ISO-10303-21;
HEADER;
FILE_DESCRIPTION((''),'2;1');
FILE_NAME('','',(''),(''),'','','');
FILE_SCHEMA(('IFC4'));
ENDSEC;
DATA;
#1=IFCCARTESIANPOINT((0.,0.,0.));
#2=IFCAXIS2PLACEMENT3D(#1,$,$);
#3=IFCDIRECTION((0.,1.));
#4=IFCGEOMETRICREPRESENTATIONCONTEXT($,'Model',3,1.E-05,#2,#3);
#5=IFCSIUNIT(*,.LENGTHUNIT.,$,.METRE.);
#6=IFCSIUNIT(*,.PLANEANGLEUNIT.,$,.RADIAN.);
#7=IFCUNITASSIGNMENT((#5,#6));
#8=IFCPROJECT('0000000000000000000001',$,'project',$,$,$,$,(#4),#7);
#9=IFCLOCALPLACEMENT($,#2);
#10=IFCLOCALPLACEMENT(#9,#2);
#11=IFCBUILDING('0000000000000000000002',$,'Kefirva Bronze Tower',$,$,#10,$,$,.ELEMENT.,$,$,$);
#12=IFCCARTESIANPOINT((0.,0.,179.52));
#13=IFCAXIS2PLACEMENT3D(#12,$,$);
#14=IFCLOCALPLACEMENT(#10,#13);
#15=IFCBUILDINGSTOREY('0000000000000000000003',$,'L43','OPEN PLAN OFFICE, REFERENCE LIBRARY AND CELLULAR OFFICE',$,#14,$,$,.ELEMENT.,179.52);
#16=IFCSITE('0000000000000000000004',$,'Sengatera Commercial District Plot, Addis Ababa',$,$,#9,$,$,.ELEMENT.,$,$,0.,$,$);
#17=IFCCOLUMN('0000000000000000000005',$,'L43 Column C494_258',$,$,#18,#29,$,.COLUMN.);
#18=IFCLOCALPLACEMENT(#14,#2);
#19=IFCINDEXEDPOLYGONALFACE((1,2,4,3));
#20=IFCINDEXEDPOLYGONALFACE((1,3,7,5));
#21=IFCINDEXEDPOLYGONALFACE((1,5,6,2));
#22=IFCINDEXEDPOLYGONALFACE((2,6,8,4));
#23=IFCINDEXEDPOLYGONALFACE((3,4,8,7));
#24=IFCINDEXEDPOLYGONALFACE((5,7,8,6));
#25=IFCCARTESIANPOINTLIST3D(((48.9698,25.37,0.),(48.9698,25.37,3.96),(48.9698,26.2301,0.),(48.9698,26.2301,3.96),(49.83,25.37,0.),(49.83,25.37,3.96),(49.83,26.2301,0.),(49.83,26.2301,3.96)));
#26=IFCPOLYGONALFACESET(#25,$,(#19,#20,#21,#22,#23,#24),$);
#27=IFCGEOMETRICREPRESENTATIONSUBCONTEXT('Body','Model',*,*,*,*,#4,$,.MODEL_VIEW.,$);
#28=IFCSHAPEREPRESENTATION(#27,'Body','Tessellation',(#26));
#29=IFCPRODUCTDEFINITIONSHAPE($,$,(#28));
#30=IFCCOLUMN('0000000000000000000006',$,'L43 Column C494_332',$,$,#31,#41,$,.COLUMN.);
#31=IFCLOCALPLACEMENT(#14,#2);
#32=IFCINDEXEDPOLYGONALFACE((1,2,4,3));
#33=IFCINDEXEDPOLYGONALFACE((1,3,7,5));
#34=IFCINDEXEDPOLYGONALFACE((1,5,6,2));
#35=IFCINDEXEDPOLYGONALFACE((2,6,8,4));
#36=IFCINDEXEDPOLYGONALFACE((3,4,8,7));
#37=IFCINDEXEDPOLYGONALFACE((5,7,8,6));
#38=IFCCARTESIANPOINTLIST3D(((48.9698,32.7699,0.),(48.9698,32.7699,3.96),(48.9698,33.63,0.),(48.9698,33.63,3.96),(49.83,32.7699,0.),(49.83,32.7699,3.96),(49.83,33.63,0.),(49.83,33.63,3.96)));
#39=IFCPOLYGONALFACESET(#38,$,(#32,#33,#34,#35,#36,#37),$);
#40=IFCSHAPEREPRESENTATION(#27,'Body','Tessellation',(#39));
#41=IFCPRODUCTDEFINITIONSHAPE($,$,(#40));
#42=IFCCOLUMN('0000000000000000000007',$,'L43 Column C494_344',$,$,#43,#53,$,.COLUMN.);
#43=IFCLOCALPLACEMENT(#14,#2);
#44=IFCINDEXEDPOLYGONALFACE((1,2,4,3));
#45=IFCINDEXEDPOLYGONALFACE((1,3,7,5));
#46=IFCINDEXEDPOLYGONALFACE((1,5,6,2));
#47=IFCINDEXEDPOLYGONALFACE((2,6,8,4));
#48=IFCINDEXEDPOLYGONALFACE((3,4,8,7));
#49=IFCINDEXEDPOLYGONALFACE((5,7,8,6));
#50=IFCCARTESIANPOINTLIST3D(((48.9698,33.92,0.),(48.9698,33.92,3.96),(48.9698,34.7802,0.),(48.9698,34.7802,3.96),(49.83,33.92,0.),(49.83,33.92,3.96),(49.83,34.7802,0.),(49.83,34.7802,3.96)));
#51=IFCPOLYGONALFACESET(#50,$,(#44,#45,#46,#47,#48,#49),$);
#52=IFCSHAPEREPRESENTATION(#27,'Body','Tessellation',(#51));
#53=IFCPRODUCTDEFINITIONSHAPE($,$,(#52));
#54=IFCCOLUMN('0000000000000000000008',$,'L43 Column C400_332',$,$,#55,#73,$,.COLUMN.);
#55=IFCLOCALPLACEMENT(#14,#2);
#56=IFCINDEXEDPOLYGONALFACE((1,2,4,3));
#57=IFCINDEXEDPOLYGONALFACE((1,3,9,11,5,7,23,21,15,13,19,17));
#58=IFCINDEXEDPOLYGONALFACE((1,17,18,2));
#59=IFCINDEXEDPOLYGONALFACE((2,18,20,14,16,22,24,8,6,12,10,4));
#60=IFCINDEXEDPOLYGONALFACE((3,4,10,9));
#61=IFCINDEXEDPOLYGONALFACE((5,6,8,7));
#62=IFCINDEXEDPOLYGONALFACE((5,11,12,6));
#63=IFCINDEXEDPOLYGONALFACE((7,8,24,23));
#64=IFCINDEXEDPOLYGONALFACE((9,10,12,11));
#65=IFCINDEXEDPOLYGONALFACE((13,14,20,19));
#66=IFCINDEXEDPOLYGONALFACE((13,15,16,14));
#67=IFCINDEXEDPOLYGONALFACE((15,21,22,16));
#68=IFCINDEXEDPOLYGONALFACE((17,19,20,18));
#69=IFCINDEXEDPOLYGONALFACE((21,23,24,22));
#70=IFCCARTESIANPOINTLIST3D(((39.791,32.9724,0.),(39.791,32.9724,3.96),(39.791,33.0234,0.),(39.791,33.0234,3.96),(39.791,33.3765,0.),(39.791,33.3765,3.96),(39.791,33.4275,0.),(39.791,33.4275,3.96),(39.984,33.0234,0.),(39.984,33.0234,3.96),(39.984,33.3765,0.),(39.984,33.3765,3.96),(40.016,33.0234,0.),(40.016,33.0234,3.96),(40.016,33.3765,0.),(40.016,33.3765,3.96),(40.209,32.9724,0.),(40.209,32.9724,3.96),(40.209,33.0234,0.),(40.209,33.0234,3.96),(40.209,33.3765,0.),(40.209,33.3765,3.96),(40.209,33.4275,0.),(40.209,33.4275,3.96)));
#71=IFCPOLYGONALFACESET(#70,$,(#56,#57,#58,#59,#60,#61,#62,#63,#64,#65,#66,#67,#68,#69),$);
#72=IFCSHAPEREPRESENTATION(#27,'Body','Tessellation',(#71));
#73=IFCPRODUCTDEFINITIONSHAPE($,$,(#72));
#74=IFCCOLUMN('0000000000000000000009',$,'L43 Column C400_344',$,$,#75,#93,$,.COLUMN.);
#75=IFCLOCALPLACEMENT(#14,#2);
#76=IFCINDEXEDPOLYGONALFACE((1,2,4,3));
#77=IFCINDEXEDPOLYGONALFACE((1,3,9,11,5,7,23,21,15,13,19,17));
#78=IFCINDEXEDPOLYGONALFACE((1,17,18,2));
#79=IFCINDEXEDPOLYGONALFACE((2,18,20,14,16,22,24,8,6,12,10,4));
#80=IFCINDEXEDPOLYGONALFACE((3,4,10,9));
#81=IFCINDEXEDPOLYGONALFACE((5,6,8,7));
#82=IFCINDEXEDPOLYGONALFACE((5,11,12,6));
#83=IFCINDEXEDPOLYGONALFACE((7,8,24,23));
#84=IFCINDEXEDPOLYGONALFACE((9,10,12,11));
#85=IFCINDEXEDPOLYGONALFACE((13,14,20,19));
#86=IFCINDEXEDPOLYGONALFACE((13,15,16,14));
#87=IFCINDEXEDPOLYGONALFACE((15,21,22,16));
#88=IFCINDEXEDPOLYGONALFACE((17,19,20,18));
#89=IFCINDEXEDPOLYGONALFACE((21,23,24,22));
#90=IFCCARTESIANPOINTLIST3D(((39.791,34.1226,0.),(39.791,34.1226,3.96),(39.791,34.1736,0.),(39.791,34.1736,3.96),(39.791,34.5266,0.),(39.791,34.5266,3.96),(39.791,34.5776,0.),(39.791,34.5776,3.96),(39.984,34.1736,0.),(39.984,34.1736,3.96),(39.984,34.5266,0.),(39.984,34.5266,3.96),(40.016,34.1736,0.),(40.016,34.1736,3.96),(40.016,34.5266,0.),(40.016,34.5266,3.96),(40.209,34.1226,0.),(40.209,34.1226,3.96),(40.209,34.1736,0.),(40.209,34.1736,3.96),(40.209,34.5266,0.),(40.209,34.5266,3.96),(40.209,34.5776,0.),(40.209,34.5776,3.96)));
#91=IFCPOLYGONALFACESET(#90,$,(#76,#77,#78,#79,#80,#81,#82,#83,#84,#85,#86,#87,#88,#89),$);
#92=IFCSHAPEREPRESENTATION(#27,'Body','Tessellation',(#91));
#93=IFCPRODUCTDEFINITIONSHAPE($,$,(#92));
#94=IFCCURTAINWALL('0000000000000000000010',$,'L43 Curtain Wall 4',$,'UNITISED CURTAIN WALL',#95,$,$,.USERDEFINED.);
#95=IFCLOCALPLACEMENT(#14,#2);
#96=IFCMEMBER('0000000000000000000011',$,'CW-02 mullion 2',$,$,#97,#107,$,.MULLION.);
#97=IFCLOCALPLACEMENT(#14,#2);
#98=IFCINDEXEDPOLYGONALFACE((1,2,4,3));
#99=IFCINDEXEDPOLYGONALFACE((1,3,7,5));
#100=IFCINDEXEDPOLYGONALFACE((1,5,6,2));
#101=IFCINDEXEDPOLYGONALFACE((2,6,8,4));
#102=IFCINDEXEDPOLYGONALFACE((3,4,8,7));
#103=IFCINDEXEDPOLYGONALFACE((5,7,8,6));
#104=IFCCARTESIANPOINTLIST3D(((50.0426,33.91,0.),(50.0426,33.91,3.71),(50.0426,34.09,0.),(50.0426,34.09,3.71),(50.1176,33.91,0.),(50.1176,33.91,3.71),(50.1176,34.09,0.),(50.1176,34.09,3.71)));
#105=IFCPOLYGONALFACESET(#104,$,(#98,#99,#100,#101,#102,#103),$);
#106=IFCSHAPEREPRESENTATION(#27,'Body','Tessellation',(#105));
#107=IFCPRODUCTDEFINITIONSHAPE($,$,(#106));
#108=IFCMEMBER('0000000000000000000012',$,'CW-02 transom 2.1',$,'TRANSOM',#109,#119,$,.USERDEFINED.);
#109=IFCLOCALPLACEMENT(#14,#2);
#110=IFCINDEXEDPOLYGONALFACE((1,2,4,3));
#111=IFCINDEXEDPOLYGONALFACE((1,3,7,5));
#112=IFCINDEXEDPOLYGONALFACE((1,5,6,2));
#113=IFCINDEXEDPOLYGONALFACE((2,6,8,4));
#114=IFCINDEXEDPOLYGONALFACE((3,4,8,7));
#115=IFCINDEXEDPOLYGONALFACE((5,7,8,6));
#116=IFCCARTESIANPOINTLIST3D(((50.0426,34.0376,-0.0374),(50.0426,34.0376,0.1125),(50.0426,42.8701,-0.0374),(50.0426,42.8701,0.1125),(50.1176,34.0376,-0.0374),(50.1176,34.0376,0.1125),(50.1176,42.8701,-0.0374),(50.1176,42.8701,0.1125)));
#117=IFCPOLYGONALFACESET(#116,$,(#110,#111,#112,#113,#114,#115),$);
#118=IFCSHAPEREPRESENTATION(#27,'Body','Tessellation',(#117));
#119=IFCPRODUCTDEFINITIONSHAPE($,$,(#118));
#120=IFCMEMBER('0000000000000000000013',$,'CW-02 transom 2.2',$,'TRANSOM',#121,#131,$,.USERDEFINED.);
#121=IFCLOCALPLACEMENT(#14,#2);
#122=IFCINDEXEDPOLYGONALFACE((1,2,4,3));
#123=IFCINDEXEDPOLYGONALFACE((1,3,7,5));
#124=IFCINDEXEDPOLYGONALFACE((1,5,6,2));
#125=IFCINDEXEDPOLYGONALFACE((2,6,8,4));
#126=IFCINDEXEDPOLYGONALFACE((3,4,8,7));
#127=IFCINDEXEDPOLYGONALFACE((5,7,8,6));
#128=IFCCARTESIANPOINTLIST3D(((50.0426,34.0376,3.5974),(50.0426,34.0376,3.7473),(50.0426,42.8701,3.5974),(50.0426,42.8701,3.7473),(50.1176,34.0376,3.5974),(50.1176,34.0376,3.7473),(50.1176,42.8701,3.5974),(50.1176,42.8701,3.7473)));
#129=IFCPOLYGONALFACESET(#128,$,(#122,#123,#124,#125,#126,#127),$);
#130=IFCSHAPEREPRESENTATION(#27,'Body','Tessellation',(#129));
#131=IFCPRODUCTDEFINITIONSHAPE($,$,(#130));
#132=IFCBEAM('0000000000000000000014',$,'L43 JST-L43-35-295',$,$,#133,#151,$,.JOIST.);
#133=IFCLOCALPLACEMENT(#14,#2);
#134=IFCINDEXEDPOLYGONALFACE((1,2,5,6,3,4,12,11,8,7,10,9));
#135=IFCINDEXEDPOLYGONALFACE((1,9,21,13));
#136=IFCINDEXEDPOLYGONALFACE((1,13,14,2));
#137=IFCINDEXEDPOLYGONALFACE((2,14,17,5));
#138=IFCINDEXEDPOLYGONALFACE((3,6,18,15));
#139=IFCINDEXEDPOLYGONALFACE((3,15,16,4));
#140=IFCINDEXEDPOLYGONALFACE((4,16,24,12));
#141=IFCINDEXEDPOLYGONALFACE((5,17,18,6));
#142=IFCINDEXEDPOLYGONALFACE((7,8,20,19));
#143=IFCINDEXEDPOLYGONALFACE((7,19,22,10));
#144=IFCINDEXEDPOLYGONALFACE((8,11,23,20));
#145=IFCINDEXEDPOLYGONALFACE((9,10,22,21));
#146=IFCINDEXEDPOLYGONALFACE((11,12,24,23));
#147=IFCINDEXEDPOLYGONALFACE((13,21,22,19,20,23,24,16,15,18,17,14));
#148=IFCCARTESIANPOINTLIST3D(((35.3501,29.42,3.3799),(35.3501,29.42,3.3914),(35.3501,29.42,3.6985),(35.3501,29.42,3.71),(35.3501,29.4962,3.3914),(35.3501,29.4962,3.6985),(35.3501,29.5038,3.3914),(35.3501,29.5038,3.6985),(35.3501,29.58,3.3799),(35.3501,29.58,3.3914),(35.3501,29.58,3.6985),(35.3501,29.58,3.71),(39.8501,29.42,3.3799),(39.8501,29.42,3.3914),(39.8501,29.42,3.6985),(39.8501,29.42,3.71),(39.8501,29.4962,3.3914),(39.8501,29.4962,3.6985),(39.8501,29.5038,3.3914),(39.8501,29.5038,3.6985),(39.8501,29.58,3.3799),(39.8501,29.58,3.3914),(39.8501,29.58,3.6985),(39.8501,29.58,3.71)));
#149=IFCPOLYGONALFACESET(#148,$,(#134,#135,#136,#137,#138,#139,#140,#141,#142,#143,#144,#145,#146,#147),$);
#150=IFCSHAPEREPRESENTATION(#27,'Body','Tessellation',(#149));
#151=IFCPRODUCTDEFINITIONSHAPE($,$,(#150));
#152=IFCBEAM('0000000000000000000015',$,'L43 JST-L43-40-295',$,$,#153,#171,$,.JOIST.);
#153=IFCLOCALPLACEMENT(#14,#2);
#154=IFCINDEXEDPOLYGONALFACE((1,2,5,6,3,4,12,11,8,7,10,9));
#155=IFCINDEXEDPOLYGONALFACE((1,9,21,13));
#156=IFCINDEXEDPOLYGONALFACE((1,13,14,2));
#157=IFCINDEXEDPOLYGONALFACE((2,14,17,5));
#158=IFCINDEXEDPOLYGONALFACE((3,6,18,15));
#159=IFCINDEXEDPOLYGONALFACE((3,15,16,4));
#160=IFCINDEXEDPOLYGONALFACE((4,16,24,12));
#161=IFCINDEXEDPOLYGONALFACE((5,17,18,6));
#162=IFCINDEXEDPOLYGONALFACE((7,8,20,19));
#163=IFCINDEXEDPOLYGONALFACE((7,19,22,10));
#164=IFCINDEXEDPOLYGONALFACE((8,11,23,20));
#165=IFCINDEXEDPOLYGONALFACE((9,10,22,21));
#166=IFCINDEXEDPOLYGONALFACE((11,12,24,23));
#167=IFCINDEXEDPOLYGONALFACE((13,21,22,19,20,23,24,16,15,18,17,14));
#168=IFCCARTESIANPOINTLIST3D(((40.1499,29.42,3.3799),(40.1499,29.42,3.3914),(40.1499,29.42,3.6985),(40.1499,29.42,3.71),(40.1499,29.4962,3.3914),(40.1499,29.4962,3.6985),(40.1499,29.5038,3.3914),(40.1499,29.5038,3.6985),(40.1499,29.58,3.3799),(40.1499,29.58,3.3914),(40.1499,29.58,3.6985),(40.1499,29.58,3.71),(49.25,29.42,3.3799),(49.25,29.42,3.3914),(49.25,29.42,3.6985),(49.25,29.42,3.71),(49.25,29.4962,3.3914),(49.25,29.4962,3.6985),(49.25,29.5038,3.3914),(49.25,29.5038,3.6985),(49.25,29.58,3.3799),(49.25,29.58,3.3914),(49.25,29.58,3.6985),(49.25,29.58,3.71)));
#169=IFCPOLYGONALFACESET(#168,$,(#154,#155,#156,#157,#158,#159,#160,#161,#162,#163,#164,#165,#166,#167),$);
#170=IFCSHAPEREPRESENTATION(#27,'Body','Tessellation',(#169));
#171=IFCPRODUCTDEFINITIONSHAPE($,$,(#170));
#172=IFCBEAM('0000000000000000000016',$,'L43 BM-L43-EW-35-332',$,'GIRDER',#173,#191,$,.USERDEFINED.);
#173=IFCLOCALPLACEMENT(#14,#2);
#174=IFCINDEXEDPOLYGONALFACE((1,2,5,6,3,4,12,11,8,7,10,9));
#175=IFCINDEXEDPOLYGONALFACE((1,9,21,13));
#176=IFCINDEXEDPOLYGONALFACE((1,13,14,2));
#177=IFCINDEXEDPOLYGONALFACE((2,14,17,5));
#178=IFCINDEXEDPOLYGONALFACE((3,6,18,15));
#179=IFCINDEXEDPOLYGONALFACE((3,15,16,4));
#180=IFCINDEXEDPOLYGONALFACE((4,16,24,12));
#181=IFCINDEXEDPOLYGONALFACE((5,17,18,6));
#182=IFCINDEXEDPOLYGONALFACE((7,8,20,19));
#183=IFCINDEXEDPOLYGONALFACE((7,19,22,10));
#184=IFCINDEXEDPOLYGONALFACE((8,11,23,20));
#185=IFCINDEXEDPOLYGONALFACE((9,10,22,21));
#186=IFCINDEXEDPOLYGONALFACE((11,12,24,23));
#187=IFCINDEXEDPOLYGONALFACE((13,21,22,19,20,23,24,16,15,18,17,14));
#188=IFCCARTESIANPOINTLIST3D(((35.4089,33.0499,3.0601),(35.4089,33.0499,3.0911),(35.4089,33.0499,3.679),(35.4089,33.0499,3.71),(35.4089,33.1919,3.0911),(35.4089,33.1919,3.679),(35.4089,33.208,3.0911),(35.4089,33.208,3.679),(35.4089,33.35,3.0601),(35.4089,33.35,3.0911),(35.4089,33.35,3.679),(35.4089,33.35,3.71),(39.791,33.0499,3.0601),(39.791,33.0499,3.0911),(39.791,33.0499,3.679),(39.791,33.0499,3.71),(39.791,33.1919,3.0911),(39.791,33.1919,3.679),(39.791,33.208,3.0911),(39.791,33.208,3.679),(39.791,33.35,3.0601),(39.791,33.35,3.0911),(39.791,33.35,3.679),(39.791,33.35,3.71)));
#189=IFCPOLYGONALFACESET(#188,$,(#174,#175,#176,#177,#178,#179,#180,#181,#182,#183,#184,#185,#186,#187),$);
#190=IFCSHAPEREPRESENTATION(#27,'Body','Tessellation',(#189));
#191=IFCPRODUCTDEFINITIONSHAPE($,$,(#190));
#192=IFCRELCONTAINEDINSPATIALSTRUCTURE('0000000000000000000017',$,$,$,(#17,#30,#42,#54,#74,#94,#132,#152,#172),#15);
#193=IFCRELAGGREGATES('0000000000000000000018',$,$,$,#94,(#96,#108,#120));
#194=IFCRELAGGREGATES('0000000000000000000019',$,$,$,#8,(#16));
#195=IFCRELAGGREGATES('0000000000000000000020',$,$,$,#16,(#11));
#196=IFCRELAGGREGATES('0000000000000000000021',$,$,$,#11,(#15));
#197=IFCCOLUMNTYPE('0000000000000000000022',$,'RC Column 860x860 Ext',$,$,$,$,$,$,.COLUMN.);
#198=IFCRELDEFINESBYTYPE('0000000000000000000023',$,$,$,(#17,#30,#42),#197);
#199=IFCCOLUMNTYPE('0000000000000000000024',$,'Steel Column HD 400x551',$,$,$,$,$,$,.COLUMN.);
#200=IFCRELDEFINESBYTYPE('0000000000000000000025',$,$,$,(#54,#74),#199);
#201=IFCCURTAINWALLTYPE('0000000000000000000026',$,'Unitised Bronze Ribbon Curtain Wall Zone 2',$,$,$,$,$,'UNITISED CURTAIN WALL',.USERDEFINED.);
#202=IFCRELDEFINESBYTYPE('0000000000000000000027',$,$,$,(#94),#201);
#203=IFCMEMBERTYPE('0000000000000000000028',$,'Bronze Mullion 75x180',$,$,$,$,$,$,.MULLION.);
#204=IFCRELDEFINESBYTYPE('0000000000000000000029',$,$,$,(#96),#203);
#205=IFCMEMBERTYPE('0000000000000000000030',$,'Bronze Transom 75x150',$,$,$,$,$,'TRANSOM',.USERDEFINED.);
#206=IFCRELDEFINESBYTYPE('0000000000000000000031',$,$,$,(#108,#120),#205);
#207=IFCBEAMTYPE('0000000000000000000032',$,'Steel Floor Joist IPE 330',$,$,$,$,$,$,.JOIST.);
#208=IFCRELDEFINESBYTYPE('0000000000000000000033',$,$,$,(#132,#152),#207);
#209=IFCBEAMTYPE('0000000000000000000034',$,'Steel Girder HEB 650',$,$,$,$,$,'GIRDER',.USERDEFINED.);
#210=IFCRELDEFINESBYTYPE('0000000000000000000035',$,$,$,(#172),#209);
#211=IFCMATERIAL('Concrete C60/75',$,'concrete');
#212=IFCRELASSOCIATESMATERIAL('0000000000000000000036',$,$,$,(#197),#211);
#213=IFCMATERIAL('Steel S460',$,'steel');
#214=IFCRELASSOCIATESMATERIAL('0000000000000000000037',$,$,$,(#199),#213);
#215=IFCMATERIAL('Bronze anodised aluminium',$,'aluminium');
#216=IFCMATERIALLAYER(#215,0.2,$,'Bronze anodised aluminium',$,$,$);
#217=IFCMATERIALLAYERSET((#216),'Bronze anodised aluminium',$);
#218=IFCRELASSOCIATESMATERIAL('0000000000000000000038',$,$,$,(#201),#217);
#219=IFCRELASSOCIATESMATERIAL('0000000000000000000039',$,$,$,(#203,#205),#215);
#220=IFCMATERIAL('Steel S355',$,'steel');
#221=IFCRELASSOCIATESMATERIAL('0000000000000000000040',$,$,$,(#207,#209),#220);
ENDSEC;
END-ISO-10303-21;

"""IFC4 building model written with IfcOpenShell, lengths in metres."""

from ifc_helpers import new_model, si_unit, direction, frame, origin, origin_2d, place, context, subcontext, project, spatial, rectangle, i_section, extrude, material, layer, layer_set, material_profile, profile_set, type_object, element, aggregate, save


model = new_model("IFC4")

# Units and contexts
model_context = context("Model", 3, precision=1e-05, world=origin(), true_north=direction((0.0, 1.0)))
body_context = subcontext(model_context, "Body", "Model", "MODEL_VIEW")
ifc_project = project(units=[si_unit("LENGTHUNIT", "METRE"), si_unit("PLANEANGLEUNIT", "RADIAN")], contexts=[model_context])

# Site, building, storey
site_placement = place(None, origin())
site = spatial("IfcSite", under=ifc_project, at=site_placement, Name="Sengatera Commercial District Plot, Addis Ababa", CompositionType="ELEMENT", RefElevation=0.0)
building_placement = place(site_placement, origin())
building = spatial("IfcBuilding", under=site, at=building_placement, Name="Kefirva Bronze Tower", CompositionType="ELEMENT")
storey_placement = place(building_placement, frame((0.0, 0.0, 179.52)))
storey = spatial("IfcBuildingStorey", under=building, at=storey_placement, Name="L43", Description="OPEN PLAN OFFICE, REFERENCE LIBRARY AND CELLULAR OFFICE", CompositionType="ELEMENT", Elevation=179.52)

# Columns
ifc_material_1 = material(Name="Concrete C60/75", Category="concrete")
ifc_material_profile_1 = material_profile(ifc_material_1, rectangle(XDim=0.8601, YDim=0.8601, at=origin_2d()), Name="RC 860x860")
ifc_profile_set_1 = profile_set([ifc_material_profile_1], Name="Concrete C60/75")
column_type_1 = type_object("IfcColumnType", Name="RC Column 860x860 Ext", PredefinedType="COLUMN", material=ifc_profile_set_1)
for number, where, z_axis, x_axis, name in (
    (1, (49.3999, 25.8, 0.0), (0.0, 0.0, 1.0), (1.0, 0.0, 0.0), "L43 Column C494_258"),
    (2, (49.3999, 33.2, 0.0), (0.0, 0.0, 1.0), (1.0, 0.0, 0.0), "L43 Column C494_332"),
    (3, (49.3999, 34.3501, 0.0), (0.0, 0.0, 1.0), (1.0, 0.0, 0.0), "L43 Column C494_344"),
):
    element("IfcColumn", number, at=place(storey_placement, frame(where, z_axis=z_axis, x_axis=x_axis)), inside=storey, type_object=column_type_1, Name=name, PredefinedType="COLUMN", context=body_context, shape_type="SweptSolid", body=[
        extrude(rectangle(XDim=0.8601, YDim=0.8601, at=origin_2d()), origin(), (0.0, 0.0, 1.0), 3.96),
    ])
ifc_material_2 = material(Name="Steel S460", Category="steel")
ifc_material_profile_2 = material_profile(ifc_material_2, i_section(OverallWidth=0.418, OverallDepth=0.4551, WebThickness=0.032, FlangeThickness=0.051, at=origin_2d()), Name="HD 400x551")
ifc_profile_set_2 = profile_set([ifc_material_profile_2], Name="Steel S460")
column_type_2 = type_object("IfcColumnType", Name="Steel Column HD 400x551", PredefinedType="COLUMN", material=ifc_profile_set_2)
for number, where, z_axis, x_axis, name in (
    (4, (40.0, 33.2, 0.0), (0.0, 0.0, 1.0), (1.0, 0.0, 0.0), "L43 Column C400_332"),
    (5, (40.0, 34.3501, 0.0), (0.0, 0.0, 1.0), (1.0, 0.0, 0.0), "L43 Column C400_344"),
):
    element("IfcColumn", number, at=place(storey_placement, frame(where, z_axis=z_axis, x_axis=x_axis)), inside=storey, type_object=column_type_2, Name=name, PredefinedType="COLUMN", context=body_context, shape_type="SweptSolid", body=[
        extrude(i_section(OverallWidth=0.418, OverallDepth=0.4551, WebThickness=0.032, FlangeThickness=0.051, at=origin_2d()), origin(), (0.0, 0.0, 1.0), 3.96),
    ])

# Curtain wall, members
ifc_material_3 = material(Name="Bronze anodised aluminium", Category="aluminium")
ifc_layer_1 = layer(ifc_material_3, 0.2, Name="Bronze anodised aluminium")
ifc_layer_set_1 = layer_set([ifc_layer_1], Name="Bronze anodised aluminium")
curtain_wall_type = type_object("IfcCurtainWallType", Name="Unitised Bronze Ribbon Curtain Wall Zone 2", ElementType="UNITISED CURTAIN WALL", PredefinedType="USERDEFINED", material=ifc_layer_set_1)
curtain_wall_placement = place(storey_placement, origin())
curtain_wall = element("IfcCurtainWall", 6, at=curtain_wall_placement, inside=storey, type_object=curtain_wall_type, Name="L43 Curtain Wall 4", ObjectType="UNITISED CURTAIN WALL", PredefinedType="USERDEFINED")
ifc_material_profile_3 = material_profile(ifc_material_3, rectangle(XDim=0.075, YDim=0.1799, at=origin_2d()), Name="ALU 75x180")
ifc_profile_set_3 = profile_set([ifc_material_profile_3], Name="Bronze anodised aluminium")
member_type_1 = type_object("IfcMemberType", Name="Bronze Mullion 75x180", PredefinedType="MULLION", material=ifc_profile_set_3)
member_1_placement = place(storey_placement, frame((50.0801, 34.0, 0.0), z_axis=(0.0, 0.0, 1.0), x_axis=(-1.0, 0.0, 0.0)))
member_1 = element("IfcMember", 7, at=member_1_placement, type_object=member_type_1, Name="CW-02 mullion 2", PredefinedType="MULLION", context=body_context, shape_type="SweptSolid", body=[
    extrude(rectangle(XDim=0.075, YDim=0.1799, at=origin_2d()), origin(), (0.0, 0.0, 1.0), 3.71),
])
ifc_material_profile_4 = material_profile(ifc_material_3, rectangle(XDim=0.075, YDim=0.1499, at=origin_2d()), Name="ALU 75x150")
ifc_profile_set_4 = profile_set([ifc_material_profile_4], Name="Bronze anodised aluminium")
member_type_2 = type_object("IfcMemberType", Name="Bronze Transom 75x150", ElementType="TRANSOM", PredefinedType="USERDEFINED", material=ifc_profile_set_4)
member_2_placement = place(storey_placement, frame((50.0801, 34.0376, 0.0376), z_axis=(0.0, 1.0, 0.0), x_axis=(-1.0, 0.0, 0.0)))
member_2 = element("IfcMember", 8, at=member_2_placement, type_object=member_type_2, Name="CW-02 transom 2.1", ObjectType="TRANSOM", PredefinedType="USERDEFINED", context=body_context, shape_type="SweptSolid", body=[
    extrude(rectangle(XDim=0.075, YDim=0.1499, at=origin_2d()), origin(), (0.0, 0.0, 1.0), 8.8325),
])
member_3_placement = place(storey_placement, frame((50.0801, 34.0376, 3.6724), z_axis=(0.0, 1.0, 0.0), x_axis=(-1.0, 0.0, 0.0)))
member_3 = element("IfcMember", 9, at=member_3_placement, type_object=member_type_2, Name="CW-02 transom 2.2", ObjectType="TRANSOM", PredefinedType="USERDEFINED", context=body_context, shape_type="SweptSolid", body=[
    extrude(rectangle(XDim=0.075, YDim=0.1499, at=origin_2d()), origin(), (0.0, 0.0, 1.0), 8.8325),
])

# Beams
ifc_material_4 = material(Name="Steel S355", Category="steel")
ifc_material_profile_5 = material_profile(ifc_material_4, i_section(OverallWidth=0.1599, OverallDepth=0.3301, WebThickness=0.0076, FlangeThickness=0.0115, at=origin_2d()), Name="IPE 330")
ifc_profile_set_5 = profile_set([ifc_material_profile_5], Name="Steel S355")
beam_type_1 = type_object("IfcBeamType", Name="Steel Floor Joist IPE 330", PredefinedType="JOIST", material=ifc_profile_set_5)
beam_1_placement = place(storey_placement, frame((35.3501, 29.5, 3.5449), z_axis=(1.0, 0.0, 0.0), x_axis=(0.0, 1.0, 0.0)))
element("IfcBeam", 10, at=beam_1_placement, inside=storey, type_object=beam_type_1, Name="L43 JST-L43-35-295", PredefinedType="JOIST", context=body_context, shape_type="SweptSolid", body=[
    extrude(i_section(OverallWidth=0.1599, OverallDepth=0.3301, WebThickness=0.0076, FlangeThickness=0.0115, at=origin_2d()), origin(), (0.0, 0.0, 1.0), 4.5),
])
beam_2_placement = place(storey_placement, frame((40.1499, 29.5, 3.5449), z_axis=(1.0, 0.0, 0.0), x_axis=(0.0, 1.0, 0.0)))
element("IfcBeam", 11, at=beam_2_placement, inside=storey, type_object=beam_type_1, Name="L43 JST-L43-40-295", PredefinedType="JOIST", context=body_context, shape_type="SweptSolid", body=[
    extrude(i_section(OverallWidth=0.1599, OverallDepth=0.3301, WebThickness=0.0076, FlangeThickness=0.0115, at=origin_2d()), origin(), (0.0, 0.0, 1.0), 9.1001),
])
ifc_material_profile_6 = material_profile(ifc_material_4, i_section(OverallWidth=0.3, OverallDepth=0.6499, WebThickness=0.0161, FlangeThickness=0.031, at=origin_2d()), Name="HEB 650")
ifc_profile_set_6 = profile_set([ifc_material_profile_6], Name="Steel S355")
beam_type_2 = type_object("IfcBeamType", Name="Steel Girder HEB 650", ElementType="GIRDER", PredefinedType="USERDEFINED", material=ifc_profile_set_6)
beam_3_placement = place(storey_placement, frame((35.4089, 33.2, 3.385), z_axis=(1.0, 0.0, 0.0), x_axis=(0.0, 1.0, 0.0)))
element("IfcBeam", 12, at=beam_3_placement, inside=storey, type_object=beam_type_2, Name="L43 BM-L43-EW-35-332", ObjectType="GIRDER", PredefinedType="USERDEFINED", context=body_context, shape_type="SweptSolid", body=[
    extrude(i_section(OverallWidth=0.3, OverallDepth=0.6499, WebThickness=0.0161, FlangeThickness=0.031, at=origin_2d()), origin(), (0.0, 0.0, 1.0), 4.3821),
])

aggregate(curtain_wall, [member_1, member_2, member_3])

save(model, "model.ifc")
